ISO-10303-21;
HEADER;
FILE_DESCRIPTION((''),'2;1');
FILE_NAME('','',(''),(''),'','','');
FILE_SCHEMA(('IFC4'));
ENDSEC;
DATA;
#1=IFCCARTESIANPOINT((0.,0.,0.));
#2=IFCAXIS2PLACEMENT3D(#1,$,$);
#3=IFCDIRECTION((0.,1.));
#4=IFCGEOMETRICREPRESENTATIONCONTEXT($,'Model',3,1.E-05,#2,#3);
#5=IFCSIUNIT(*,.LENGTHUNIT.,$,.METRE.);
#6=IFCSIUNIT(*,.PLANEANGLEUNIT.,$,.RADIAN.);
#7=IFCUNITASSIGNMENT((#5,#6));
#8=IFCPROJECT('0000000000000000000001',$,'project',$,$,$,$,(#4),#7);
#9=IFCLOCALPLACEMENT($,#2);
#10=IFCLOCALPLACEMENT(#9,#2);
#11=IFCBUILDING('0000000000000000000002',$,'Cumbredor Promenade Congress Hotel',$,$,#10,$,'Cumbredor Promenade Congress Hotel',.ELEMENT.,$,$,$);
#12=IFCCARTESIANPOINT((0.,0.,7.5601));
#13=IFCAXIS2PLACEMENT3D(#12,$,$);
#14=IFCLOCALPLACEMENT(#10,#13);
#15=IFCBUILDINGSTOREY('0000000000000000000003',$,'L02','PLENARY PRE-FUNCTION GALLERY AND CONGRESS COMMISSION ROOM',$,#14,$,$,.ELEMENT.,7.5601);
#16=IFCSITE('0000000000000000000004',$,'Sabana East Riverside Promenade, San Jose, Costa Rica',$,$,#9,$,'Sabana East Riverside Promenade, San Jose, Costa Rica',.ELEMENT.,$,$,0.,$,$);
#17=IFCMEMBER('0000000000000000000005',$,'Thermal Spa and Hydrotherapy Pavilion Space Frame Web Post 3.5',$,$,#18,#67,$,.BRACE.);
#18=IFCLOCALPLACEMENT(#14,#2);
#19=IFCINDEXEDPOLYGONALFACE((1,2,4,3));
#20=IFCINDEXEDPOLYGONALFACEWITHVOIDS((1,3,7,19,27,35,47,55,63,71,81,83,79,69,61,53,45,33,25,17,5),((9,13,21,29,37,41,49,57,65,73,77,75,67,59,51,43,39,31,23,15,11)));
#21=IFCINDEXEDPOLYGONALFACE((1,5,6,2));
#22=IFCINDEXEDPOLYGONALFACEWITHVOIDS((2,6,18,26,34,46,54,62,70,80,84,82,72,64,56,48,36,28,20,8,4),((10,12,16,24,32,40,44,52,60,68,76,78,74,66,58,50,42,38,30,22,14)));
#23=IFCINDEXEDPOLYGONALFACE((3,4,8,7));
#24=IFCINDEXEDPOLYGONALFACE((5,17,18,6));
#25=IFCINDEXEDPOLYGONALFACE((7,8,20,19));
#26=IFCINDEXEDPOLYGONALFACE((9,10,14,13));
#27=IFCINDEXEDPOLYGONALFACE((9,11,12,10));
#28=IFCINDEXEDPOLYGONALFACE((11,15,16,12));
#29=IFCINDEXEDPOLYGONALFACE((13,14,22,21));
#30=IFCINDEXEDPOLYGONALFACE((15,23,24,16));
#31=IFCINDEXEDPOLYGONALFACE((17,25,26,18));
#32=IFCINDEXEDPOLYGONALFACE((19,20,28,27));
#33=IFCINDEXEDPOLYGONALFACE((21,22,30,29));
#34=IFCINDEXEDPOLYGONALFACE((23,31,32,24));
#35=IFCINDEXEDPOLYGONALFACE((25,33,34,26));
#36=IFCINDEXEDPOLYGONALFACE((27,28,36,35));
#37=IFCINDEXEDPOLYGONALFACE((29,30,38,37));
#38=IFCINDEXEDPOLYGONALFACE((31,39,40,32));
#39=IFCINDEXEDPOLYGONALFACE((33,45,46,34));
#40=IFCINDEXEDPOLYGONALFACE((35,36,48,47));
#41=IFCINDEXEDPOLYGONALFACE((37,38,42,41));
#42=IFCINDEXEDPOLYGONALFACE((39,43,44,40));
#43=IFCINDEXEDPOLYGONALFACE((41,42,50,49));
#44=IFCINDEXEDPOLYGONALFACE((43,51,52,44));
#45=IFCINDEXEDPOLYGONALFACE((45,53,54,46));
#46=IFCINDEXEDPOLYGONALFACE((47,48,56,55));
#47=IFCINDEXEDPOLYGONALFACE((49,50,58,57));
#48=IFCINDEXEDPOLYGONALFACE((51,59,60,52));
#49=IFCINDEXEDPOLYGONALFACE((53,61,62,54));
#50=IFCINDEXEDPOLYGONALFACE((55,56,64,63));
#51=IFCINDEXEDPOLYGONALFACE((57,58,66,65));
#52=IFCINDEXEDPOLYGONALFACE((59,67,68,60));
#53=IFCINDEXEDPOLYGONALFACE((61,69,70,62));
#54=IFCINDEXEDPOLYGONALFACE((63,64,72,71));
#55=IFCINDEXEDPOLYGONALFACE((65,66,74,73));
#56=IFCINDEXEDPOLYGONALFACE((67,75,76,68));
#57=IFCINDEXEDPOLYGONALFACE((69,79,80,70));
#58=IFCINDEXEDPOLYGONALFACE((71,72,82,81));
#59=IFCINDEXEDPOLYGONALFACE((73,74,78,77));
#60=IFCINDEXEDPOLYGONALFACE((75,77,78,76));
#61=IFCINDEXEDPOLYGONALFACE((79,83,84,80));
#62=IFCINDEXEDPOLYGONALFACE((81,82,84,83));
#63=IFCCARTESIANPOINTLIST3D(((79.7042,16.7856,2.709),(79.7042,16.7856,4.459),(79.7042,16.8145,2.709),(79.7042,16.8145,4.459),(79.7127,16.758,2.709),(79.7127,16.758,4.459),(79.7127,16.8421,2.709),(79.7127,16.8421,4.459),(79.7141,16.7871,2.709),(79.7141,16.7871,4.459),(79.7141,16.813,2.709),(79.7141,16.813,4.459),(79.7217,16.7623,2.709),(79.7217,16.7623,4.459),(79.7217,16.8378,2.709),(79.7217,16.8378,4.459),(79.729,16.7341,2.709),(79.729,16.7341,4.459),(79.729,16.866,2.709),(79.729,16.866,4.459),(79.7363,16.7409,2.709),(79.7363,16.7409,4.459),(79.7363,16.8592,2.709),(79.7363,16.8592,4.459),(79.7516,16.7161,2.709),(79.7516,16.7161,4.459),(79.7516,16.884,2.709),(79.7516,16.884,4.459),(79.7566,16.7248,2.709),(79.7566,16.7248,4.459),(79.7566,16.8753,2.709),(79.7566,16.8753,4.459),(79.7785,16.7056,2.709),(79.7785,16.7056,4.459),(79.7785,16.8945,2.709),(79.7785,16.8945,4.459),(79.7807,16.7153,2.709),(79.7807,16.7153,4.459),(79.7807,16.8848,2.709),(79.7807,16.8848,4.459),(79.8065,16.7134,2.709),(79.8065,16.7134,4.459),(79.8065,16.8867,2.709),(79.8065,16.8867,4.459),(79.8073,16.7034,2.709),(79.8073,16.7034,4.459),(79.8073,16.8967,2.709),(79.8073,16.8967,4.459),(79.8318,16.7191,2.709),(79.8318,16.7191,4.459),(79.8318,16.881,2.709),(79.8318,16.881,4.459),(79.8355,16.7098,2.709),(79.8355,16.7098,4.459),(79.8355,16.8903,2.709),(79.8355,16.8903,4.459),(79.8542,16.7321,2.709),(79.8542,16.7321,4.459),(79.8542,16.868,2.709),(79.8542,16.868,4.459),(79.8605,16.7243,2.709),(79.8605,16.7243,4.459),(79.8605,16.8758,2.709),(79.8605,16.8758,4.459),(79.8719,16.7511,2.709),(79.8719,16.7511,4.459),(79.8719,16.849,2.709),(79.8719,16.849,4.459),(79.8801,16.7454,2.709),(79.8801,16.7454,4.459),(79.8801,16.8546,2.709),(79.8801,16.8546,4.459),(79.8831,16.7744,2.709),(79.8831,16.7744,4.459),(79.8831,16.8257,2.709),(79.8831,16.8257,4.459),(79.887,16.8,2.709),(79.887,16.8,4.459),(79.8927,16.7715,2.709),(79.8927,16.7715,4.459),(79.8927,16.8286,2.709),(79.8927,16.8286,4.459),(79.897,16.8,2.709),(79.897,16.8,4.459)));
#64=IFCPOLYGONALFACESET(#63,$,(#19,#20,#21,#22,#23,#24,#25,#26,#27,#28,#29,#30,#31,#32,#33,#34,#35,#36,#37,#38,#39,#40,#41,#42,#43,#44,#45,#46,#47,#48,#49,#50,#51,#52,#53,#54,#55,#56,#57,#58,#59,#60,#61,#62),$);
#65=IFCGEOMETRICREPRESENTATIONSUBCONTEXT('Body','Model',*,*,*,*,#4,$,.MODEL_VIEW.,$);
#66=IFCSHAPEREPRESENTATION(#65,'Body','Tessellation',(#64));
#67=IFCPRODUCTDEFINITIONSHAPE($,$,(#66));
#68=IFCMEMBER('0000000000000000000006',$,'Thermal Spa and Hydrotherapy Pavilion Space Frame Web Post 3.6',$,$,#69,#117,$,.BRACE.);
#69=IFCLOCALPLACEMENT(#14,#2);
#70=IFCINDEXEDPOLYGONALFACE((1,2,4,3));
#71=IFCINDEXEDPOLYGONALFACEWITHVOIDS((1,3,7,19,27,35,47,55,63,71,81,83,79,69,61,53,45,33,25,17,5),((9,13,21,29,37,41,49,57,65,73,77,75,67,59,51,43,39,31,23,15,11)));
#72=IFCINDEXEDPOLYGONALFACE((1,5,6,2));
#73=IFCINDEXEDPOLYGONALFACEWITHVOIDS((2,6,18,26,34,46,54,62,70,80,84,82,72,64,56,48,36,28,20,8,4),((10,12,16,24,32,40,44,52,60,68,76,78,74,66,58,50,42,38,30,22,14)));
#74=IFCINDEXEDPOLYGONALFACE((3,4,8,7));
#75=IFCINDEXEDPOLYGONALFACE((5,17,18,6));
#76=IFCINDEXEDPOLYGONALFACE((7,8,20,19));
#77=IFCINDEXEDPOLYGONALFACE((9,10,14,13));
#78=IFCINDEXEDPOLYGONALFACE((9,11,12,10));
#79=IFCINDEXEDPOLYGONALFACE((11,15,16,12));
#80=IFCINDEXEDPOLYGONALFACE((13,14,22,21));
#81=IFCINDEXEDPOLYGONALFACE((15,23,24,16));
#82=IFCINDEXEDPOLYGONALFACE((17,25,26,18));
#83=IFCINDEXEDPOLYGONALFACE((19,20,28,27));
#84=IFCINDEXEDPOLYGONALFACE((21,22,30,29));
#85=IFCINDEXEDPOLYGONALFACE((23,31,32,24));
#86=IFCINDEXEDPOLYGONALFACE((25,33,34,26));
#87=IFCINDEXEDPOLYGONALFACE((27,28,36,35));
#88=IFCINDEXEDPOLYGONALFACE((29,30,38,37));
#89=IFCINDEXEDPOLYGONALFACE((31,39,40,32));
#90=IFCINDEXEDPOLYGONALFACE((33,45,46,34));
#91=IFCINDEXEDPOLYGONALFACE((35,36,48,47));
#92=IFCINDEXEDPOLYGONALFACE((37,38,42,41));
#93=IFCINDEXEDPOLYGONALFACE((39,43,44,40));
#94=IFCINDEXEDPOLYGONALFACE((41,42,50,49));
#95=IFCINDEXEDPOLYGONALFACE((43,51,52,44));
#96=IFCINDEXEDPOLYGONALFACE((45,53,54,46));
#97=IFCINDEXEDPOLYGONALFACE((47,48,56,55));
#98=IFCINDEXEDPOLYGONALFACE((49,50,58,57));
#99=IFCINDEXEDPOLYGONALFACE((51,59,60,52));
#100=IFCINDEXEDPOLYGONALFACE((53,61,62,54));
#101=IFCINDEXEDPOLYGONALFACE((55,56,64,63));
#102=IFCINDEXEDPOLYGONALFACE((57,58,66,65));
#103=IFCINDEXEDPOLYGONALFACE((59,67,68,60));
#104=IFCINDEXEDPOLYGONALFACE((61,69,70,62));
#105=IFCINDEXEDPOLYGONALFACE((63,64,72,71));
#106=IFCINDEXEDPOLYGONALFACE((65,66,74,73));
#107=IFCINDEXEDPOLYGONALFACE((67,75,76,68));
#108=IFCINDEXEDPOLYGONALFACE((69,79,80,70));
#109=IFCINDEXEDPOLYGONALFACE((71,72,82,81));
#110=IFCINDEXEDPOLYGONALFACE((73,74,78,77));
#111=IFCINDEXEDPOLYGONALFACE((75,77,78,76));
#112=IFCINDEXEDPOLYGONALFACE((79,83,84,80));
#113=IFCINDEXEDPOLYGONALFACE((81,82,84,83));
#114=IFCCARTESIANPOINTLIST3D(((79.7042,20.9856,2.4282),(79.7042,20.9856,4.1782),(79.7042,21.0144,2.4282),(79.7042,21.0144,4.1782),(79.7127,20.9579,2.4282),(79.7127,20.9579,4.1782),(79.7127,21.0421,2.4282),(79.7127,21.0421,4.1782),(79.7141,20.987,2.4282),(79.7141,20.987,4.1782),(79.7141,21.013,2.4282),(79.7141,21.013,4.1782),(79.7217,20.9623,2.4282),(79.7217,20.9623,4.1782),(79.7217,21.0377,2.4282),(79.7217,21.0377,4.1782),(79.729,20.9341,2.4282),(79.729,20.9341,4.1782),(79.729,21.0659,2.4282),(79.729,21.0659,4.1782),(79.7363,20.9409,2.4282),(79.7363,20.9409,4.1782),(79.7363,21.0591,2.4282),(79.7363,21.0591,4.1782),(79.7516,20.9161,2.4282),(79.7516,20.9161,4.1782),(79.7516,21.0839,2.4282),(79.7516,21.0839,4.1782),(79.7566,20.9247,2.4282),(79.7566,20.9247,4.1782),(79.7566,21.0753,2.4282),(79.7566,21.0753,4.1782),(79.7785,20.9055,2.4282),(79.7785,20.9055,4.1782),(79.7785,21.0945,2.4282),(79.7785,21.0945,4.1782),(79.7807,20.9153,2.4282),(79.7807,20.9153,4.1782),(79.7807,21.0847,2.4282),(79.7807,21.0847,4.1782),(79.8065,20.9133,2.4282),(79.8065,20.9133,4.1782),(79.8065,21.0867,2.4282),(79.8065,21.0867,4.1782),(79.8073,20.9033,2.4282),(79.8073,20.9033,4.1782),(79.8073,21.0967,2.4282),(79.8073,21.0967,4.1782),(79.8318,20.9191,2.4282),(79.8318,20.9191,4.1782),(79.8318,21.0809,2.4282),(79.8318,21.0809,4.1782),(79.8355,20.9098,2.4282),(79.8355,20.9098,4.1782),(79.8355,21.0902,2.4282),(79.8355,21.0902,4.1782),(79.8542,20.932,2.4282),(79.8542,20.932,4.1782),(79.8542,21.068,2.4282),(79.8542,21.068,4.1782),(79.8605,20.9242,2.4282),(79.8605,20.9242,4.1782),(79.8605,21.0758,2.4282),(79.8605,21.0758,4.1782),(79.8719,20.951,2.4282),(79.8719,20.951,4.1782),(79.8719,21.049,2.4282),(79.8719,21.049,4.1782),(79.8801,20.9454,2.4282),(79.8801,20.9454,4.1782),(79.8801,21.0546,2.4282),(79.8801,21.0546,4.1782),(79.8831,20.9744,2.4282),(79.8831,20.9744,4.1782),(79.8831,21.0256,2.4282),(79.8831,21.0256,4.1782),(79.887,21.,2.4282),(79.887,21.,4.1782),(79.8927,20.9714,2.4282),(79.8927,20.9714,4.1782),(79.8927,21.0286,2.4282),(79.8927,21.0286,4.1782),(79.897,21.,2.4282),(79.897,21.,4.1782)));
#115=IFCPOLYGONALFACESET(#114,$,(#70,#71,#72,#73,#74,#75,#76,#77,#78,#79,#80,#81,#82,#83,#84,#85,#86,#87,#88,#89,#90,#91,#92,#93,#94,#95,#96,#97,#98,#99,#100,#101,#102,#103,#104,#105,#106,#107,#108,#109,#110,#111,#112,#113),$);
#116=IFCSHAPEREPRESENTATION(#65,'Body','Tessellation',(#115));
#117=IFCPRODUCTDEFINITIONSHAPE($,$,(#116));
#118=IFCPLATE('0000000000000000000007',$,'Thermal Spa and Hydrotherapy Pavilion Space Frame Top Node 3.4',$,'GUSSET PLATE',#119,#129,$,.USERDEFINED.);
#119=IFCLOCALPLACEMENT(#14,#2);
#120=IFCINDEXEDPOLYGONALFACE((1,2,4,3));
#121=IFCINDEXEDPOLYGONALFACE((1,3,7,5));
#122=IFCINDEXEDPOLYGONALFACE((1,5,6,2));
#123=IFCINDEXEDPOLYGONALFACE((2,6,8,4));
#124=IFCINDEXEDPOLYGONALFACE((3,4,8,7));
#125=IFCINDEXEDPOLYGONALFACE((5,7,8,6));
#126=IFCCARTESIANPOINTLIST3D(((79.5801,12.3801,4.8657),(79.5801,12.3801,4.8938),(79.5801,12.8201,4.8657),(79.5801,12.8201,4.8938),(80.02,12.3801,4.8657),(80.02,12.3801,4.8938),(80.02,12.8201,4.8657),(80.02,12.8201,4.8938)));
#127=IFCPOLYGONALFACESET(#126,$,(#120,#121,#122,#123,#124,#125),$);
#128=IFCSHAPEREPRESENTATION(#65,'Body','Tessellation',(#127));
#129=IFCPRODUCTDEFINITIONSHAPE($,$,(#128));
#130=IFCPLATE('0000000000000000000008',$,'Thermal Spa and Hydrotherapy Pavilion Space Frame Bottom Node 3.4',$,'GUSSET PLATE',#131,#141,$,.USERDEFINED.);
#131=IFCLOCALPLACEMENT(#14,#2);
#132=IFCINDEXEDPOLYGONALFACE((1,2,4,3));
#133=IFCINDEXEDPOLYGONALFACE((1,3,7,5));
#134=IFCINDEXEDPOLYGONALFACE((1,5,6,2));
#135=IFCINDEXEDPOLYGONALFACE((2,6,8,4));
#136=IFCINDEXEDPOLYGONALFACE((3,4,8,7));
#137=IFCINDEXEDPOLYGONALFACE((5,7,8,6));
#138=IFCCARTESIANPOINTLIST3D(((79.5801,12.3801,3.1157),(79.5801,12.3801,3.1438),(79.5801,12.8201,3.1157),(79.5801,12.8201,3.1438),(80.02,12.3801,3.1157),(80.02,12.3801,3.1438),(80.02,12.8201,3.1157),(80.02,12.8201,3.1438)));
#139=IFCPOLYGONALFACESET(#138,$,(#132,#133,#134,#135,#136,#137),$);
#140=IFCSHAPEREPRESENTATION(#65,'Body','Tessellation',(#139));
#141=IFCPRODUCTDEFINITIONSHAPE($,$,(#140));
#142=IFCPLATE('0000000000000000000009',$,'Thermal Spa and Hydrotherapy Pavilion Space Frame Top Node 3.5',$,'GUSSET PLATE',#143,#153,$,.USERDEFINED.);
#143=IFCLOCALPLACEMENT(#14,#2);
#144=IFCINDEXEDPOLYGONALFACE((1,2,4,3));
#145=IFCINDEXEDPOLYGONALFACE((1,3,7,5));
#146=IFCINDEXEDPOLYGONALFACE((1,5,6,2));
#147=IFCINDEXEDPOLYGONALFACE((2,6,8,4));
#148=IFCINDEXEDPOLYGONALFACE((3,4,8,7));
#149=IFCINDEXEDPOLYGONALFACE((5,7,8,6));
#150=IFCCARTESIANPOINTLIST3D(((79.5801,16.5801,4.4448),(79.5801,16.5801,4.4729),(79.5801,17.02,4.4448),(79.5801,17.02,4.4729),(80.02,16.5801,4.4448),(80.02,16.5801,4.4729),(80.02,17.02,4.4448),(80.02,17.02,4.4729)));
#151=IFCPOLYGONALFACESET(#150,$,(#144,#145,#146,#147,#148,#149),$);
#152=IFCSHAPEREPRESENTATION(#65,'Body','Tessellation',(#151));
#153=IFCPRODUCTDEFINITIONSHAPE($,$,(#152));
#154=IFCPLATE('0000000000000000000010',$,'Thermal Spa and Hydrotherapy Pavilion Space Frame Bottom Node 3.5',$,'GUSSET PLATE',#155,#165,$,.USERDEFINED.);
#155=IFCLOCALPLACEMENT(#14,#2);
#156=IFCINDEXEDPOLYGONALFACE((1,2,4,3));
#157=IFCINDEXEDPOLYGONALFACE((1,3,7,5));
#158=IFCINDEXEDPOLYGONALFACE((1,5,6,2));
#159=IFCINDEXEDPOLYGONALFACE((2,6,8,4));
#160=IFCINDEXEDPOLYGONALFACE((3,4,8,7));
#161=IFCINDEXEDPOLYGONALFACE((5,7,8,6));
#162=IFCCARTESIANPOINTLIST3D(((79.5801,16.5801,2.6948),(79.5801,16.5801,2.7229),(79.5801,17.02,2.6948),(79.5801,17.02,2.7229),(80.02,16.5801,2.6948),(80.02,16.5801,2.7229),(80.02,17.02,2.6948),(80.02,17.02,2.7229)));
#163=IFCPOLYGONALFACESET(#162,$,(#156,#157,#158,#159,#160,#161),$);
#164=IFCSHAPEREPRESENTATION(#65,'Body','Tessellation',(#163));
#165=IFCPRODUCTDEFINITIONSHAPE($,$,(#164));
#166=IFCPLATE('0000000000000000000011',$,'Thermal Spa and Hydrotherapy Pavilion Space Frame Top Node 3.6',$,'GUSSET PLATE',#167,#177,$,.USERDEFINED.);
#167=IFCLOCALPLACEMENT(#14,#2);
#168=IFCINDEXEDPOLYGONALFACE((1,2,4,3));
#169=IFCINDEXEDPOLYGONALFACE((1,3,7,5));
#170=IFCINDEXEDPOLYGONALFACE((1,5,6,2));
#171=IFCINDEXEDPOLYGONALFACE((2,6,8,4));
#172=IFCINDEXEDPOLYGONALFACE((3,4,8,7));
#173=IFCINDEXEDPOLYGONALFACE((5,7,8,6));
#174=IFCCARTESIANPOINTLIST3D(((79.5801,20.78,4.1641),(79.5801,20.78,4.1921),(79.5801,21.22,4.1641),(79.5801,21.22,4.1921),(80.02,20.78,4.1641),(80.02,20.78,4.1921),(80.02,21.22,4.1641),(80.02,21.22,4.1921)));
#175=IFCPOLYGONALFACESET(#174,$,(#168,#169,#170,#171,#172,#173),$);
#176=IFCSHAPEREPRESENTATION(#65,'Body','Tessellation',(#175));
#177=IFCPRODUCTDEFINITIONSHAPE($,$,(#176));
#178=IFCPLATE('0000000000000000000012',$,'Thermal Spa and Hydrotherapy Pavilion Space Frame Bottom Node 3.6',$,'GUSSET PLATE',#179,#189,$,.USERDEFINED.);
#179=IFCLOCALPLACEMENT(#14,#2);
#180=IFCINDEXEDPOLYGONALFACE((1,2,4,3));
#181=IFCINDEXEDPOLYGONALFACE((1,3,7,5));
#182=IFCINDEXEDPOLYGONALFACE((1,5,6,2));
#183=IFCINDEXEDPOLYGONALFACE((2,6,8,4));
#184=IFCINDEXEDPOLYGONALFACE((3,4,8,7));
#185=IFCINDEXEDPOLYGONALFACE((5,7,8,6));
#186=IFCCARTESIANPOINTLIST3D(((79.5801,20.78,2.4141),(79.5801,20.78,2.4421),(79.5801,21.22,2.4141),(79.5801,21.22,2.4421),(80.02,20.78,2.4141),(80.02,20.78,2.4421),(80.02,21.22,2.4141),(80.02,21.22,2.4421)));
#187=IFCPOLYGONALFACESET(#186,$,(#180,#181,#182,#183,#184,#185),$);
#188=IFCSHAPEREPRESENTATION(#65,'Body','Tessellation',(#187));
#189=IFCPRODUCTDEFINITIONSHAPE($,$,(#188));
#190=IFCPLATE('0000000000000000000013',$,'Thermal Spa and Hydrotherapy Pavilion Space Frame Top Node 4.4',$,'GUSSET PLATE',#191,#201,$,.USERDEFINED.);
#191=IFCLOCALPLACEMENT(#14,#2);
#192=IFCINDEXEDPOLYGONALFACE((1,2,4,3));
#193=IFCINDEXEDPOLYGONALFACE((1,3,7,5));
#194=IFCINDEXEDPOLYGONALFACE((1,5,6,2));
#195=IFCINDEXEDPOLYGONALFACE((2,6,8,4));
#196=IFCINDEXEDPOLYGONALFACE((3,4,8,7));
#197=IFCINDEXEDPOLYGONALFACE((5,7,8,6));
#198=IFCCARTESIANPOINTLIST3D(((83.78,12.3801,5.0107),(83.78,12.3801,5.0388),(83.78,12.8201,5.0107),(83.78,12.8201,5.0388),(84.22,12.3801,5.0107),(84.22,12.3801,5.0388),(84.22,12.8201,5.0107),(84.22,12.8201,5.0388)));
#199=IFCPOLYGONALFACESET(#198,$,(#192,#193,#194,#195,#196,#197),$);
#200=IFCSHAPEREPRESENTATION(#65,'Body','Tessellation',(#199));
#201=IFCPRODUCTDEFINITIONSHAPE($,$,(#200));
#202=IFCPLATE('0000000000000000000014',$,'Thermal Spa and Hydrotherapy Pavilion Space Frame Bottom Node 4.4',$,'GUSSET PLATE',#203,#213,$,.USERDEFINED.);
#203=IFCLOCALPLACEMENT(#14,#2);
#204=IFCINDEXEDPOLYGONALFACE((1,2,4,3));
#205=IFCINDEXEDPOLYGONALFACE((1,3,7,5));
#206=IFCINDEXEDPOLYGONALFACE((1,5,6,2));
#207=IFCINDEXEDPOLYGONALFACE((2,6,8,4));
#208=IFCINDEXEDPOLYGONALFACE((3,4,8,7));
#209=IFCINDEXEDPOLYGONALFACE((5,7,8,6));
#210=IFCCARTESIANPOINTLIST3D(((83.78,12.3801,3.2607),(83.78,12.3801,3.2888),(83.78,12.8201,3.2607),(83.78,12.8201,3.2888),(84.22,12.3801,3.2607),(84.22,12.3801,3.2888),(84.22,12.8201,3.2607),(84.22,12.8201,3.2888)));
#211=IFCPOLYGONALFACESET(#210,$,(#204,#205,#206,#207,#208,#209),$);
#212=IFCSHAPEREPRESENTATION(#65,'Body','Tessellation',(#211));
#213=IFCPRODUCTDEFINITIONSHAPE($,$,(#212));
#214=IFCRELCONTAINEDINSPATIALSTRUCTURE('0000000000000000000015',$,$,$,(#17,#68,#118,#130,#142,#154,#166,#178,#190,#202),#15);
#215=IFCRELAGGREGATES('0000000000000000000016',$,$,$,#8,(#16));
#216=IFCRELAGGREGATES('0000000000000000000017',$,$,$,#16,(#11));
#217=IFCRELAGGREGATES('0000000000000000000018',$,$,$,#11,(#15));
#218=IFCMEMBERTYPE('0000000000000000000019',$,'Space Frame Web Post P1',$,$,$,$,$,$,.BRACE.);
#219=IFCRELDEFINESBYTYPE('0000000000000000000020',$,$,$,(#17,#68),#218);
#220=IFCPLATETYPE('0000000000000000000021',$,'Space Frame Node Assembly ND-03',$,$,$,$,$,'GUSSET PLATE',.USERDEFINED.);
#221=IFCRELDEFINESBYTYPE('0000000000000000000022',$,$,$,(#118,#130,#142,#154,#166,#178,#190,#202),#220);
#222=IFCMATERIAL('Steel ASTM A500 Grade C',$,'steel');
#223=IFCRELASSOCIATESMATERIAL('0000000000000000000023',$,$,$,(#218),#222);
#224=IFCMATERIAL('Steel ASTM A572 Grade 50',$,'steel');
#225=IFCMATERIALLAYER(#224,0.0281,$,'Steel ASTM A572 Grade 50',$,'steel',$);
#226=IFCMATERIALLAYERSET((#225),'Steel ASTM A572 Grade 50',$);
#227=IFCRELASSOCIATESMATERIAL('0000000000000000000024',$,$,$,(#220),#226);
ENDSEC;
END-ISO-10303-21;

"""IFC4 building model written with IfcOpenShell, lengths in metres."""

from ifc_helpers import new_model, si_unit, direction, frame, origin, origin_2d, place, context, subcontext, project, spatial, rectangle, hollow_circle, extrude, material, layer, layer_set, material_profile, profile_set, type_object, element, save


model = new_model("IFC4")

# Units and contexts
model_context = context("Model", 3, precision=1e-05, world=origin(), true_north=direction((0.0, 1.0)))
body_context = subcontext(model_context, "Body", "Model", "MODEL_VIEW")
ifc_project = project(units=[si_unit("LENGTHUNIT", "METRE"), si_unit("PLANEANGLEUNIT", "RADIAN")], contexts=[model_context])

# Site, building, storey
site_placement = place(None, origin())
site = spatial("IfcSite", under=ifc_project, at=site_placement, Name="Sabana East Riverside Promenade, San Jose, Costa Rica", LongName="Sabana East Riverside Promenade, San Jose, Costa Rica", CompositionType="ELEMENT", RefElevation=0.0)
building_placement = place(site_placement, origin())
building = spatial("IfcBuilding", under=site, at=building_placement, Name="Cumbredor Promenade Congress Hotel", LongName="Cumbredor Promenade Congress Hotel", CompositionType="ELEMENT")
storey_placement = place(building_placement, frame((0.0, 0.0, 7.5601)))
storey = spatial("IfcBuildingStorey", under=building, at=storey_placement, Name="L02", Description="PLENARY PRE-FUNCTION GALLERY AND CONGRESS COMMISSION ROOM", CompositionType="ELEMENT", Elevation=7.5601)

# Members
ifc_material_1 = material(Name="Steel ASTM A500 Grade C", Category="steel")
ifc_material_profile_1 = material_profile(ifc_material_1, hollow_circle(Radius=0.0969, WallThickness=0.01, at=origin_2d()), Name="CHS 193.7x10")
ifc_profile_set_1 = profile_set([ifc_material_profile_1], Name="Steel ASTM A500 Grade C")
member_type_1 = type_object("IfcMemberType", Name="Space Frame Web Post P1", PredefinedType="BRACE", material=ifc_profile_set_1)
for number, where, z_axis, x_axis, name in (
    (1, (79.8, 16.8, 2.709), (0.0, 0.0, 1.0), (1.0, 0.0, 0.0), "Thermal Spa and Hydrotherapy Pavilion Space Frame Web Post 3.5"),
    (2, (79.8, 21.0, 2.4282), (0.0, 0.0, 1.0), (1.0, 0.0, 0.0), "Thermal Spa and Hydrotherapy Pavilion Space Frame Web Post 3.6"),
):
    element("IfcMember", number, at=place(storey_placement, frame(where, z_axis=z_axis, x_axis=x_axis)), inside=storey, type_object=member_type_1, Name=name, PredefinedType="BRACE", context=body_context, shape_type="SweptSolid", body=[
        extrude(hollow_circle(Radius=0.0969, WallThickness=0.01, at=origin_2d()), origin(), (0.0, 0.0, 1.0), 1.75),
    ])

# Plates
ifc_material_2 = material(Name="Steel ASTM A572 Grade 50", Category="steel")
ifc_layer = layer(ifc_material_2, 0.0281, Name="Steel ASTM A572 Grade 50", Category="steel")
ifc_layer_set = layer_set([ifc_layer], Name="Steel ASTM A572 Grade 50")
plate_type = type_object("IfcPlateType", Name="Space Frame Node Assembly ND-03", ElementType="GUSSET PLATE", PredefinedType="USERDEFINED", material=ifc_layer_set)
for number, where, z_axis, x_axis, name in (
    (3, (79.8, 12.6001, 4.8657), (0.0, 0.0, 1.0), (1.0, 0.0, 0.0), "Thermal Spa and Hydrotherapy Pavilion Space Frame Top Node 3.4"),
    (4, (79.8, 12.6001, 3.1157), (0.0, 0.0, 1.0), (1.0, 0.0, 0.0), "Thermal Spa and Hydrotherapy Pavilion Space Frame Bottom Node 3.4"),
    (5, (79.8, 16.8, 4.4448), (0.0, 0.0, 1.0), (1.0, 0.0, 0.0), "Thermal Spa and Hydrotherapy Pavilion Space Frame Top Node 3.5"),
    (6, (79.8, 16.8, 2.6948), (0.0, 0.0, 1.0), (1.0, 0.0, 0.0), "Thermal Spa and Hydrotherapy Pavilion Space Frame Bottom Node 3.5"),
    (7, (79.8, 21.0, 4.1641), (0.0, 0.0, 1.0), (1.0, 0.0, 0.0), "Thermal Spa and Hydrotherapy Pavilion Space Frame Top Node 3.6"),
    (8, (79.8, 21.0, 2.4141), (0.0, 0.0, 1.0), (1.0, 0.0, 0.0), "Thermal Spa and Hydrotherapy Pavilion Space Frame Bottom Node 3.6"),
    (9, (84.0, 12.6001, 5.0107), (0.0, 0.0, 1.0), (1.0, 0.0, 0.0), "Thermal Spa and Hydrotherapy Pavilion Space Frame Top Node 4.4"),
    (10, (84.0, 12.6001, 3.2607), (0.0, 0.0, 1.0), (1.0, 0.0, 0.0), "Thermal Spa and Hydrotherapy Pavilion Space Frame Bottom Node 4.4"),
):
    element("IfcPlate", number, at=place(storey_placement, frame(where, z_axis=z_axis, x_axis=x_axis)), inside=storey, type_object=plate_type, Name=name, ObjectType="GUSSET PLATE", PredefinedType="USERDEFINED", context=body_context, shape_type="SweptSolid", body=[
        extrude(rectangle(XDim=0.4399, YDim=0.4399, at=origin_2d()), origin(), (0.0, 0.0, 1.0), 0.0281),
    ])

save(model, "model.ifc")
